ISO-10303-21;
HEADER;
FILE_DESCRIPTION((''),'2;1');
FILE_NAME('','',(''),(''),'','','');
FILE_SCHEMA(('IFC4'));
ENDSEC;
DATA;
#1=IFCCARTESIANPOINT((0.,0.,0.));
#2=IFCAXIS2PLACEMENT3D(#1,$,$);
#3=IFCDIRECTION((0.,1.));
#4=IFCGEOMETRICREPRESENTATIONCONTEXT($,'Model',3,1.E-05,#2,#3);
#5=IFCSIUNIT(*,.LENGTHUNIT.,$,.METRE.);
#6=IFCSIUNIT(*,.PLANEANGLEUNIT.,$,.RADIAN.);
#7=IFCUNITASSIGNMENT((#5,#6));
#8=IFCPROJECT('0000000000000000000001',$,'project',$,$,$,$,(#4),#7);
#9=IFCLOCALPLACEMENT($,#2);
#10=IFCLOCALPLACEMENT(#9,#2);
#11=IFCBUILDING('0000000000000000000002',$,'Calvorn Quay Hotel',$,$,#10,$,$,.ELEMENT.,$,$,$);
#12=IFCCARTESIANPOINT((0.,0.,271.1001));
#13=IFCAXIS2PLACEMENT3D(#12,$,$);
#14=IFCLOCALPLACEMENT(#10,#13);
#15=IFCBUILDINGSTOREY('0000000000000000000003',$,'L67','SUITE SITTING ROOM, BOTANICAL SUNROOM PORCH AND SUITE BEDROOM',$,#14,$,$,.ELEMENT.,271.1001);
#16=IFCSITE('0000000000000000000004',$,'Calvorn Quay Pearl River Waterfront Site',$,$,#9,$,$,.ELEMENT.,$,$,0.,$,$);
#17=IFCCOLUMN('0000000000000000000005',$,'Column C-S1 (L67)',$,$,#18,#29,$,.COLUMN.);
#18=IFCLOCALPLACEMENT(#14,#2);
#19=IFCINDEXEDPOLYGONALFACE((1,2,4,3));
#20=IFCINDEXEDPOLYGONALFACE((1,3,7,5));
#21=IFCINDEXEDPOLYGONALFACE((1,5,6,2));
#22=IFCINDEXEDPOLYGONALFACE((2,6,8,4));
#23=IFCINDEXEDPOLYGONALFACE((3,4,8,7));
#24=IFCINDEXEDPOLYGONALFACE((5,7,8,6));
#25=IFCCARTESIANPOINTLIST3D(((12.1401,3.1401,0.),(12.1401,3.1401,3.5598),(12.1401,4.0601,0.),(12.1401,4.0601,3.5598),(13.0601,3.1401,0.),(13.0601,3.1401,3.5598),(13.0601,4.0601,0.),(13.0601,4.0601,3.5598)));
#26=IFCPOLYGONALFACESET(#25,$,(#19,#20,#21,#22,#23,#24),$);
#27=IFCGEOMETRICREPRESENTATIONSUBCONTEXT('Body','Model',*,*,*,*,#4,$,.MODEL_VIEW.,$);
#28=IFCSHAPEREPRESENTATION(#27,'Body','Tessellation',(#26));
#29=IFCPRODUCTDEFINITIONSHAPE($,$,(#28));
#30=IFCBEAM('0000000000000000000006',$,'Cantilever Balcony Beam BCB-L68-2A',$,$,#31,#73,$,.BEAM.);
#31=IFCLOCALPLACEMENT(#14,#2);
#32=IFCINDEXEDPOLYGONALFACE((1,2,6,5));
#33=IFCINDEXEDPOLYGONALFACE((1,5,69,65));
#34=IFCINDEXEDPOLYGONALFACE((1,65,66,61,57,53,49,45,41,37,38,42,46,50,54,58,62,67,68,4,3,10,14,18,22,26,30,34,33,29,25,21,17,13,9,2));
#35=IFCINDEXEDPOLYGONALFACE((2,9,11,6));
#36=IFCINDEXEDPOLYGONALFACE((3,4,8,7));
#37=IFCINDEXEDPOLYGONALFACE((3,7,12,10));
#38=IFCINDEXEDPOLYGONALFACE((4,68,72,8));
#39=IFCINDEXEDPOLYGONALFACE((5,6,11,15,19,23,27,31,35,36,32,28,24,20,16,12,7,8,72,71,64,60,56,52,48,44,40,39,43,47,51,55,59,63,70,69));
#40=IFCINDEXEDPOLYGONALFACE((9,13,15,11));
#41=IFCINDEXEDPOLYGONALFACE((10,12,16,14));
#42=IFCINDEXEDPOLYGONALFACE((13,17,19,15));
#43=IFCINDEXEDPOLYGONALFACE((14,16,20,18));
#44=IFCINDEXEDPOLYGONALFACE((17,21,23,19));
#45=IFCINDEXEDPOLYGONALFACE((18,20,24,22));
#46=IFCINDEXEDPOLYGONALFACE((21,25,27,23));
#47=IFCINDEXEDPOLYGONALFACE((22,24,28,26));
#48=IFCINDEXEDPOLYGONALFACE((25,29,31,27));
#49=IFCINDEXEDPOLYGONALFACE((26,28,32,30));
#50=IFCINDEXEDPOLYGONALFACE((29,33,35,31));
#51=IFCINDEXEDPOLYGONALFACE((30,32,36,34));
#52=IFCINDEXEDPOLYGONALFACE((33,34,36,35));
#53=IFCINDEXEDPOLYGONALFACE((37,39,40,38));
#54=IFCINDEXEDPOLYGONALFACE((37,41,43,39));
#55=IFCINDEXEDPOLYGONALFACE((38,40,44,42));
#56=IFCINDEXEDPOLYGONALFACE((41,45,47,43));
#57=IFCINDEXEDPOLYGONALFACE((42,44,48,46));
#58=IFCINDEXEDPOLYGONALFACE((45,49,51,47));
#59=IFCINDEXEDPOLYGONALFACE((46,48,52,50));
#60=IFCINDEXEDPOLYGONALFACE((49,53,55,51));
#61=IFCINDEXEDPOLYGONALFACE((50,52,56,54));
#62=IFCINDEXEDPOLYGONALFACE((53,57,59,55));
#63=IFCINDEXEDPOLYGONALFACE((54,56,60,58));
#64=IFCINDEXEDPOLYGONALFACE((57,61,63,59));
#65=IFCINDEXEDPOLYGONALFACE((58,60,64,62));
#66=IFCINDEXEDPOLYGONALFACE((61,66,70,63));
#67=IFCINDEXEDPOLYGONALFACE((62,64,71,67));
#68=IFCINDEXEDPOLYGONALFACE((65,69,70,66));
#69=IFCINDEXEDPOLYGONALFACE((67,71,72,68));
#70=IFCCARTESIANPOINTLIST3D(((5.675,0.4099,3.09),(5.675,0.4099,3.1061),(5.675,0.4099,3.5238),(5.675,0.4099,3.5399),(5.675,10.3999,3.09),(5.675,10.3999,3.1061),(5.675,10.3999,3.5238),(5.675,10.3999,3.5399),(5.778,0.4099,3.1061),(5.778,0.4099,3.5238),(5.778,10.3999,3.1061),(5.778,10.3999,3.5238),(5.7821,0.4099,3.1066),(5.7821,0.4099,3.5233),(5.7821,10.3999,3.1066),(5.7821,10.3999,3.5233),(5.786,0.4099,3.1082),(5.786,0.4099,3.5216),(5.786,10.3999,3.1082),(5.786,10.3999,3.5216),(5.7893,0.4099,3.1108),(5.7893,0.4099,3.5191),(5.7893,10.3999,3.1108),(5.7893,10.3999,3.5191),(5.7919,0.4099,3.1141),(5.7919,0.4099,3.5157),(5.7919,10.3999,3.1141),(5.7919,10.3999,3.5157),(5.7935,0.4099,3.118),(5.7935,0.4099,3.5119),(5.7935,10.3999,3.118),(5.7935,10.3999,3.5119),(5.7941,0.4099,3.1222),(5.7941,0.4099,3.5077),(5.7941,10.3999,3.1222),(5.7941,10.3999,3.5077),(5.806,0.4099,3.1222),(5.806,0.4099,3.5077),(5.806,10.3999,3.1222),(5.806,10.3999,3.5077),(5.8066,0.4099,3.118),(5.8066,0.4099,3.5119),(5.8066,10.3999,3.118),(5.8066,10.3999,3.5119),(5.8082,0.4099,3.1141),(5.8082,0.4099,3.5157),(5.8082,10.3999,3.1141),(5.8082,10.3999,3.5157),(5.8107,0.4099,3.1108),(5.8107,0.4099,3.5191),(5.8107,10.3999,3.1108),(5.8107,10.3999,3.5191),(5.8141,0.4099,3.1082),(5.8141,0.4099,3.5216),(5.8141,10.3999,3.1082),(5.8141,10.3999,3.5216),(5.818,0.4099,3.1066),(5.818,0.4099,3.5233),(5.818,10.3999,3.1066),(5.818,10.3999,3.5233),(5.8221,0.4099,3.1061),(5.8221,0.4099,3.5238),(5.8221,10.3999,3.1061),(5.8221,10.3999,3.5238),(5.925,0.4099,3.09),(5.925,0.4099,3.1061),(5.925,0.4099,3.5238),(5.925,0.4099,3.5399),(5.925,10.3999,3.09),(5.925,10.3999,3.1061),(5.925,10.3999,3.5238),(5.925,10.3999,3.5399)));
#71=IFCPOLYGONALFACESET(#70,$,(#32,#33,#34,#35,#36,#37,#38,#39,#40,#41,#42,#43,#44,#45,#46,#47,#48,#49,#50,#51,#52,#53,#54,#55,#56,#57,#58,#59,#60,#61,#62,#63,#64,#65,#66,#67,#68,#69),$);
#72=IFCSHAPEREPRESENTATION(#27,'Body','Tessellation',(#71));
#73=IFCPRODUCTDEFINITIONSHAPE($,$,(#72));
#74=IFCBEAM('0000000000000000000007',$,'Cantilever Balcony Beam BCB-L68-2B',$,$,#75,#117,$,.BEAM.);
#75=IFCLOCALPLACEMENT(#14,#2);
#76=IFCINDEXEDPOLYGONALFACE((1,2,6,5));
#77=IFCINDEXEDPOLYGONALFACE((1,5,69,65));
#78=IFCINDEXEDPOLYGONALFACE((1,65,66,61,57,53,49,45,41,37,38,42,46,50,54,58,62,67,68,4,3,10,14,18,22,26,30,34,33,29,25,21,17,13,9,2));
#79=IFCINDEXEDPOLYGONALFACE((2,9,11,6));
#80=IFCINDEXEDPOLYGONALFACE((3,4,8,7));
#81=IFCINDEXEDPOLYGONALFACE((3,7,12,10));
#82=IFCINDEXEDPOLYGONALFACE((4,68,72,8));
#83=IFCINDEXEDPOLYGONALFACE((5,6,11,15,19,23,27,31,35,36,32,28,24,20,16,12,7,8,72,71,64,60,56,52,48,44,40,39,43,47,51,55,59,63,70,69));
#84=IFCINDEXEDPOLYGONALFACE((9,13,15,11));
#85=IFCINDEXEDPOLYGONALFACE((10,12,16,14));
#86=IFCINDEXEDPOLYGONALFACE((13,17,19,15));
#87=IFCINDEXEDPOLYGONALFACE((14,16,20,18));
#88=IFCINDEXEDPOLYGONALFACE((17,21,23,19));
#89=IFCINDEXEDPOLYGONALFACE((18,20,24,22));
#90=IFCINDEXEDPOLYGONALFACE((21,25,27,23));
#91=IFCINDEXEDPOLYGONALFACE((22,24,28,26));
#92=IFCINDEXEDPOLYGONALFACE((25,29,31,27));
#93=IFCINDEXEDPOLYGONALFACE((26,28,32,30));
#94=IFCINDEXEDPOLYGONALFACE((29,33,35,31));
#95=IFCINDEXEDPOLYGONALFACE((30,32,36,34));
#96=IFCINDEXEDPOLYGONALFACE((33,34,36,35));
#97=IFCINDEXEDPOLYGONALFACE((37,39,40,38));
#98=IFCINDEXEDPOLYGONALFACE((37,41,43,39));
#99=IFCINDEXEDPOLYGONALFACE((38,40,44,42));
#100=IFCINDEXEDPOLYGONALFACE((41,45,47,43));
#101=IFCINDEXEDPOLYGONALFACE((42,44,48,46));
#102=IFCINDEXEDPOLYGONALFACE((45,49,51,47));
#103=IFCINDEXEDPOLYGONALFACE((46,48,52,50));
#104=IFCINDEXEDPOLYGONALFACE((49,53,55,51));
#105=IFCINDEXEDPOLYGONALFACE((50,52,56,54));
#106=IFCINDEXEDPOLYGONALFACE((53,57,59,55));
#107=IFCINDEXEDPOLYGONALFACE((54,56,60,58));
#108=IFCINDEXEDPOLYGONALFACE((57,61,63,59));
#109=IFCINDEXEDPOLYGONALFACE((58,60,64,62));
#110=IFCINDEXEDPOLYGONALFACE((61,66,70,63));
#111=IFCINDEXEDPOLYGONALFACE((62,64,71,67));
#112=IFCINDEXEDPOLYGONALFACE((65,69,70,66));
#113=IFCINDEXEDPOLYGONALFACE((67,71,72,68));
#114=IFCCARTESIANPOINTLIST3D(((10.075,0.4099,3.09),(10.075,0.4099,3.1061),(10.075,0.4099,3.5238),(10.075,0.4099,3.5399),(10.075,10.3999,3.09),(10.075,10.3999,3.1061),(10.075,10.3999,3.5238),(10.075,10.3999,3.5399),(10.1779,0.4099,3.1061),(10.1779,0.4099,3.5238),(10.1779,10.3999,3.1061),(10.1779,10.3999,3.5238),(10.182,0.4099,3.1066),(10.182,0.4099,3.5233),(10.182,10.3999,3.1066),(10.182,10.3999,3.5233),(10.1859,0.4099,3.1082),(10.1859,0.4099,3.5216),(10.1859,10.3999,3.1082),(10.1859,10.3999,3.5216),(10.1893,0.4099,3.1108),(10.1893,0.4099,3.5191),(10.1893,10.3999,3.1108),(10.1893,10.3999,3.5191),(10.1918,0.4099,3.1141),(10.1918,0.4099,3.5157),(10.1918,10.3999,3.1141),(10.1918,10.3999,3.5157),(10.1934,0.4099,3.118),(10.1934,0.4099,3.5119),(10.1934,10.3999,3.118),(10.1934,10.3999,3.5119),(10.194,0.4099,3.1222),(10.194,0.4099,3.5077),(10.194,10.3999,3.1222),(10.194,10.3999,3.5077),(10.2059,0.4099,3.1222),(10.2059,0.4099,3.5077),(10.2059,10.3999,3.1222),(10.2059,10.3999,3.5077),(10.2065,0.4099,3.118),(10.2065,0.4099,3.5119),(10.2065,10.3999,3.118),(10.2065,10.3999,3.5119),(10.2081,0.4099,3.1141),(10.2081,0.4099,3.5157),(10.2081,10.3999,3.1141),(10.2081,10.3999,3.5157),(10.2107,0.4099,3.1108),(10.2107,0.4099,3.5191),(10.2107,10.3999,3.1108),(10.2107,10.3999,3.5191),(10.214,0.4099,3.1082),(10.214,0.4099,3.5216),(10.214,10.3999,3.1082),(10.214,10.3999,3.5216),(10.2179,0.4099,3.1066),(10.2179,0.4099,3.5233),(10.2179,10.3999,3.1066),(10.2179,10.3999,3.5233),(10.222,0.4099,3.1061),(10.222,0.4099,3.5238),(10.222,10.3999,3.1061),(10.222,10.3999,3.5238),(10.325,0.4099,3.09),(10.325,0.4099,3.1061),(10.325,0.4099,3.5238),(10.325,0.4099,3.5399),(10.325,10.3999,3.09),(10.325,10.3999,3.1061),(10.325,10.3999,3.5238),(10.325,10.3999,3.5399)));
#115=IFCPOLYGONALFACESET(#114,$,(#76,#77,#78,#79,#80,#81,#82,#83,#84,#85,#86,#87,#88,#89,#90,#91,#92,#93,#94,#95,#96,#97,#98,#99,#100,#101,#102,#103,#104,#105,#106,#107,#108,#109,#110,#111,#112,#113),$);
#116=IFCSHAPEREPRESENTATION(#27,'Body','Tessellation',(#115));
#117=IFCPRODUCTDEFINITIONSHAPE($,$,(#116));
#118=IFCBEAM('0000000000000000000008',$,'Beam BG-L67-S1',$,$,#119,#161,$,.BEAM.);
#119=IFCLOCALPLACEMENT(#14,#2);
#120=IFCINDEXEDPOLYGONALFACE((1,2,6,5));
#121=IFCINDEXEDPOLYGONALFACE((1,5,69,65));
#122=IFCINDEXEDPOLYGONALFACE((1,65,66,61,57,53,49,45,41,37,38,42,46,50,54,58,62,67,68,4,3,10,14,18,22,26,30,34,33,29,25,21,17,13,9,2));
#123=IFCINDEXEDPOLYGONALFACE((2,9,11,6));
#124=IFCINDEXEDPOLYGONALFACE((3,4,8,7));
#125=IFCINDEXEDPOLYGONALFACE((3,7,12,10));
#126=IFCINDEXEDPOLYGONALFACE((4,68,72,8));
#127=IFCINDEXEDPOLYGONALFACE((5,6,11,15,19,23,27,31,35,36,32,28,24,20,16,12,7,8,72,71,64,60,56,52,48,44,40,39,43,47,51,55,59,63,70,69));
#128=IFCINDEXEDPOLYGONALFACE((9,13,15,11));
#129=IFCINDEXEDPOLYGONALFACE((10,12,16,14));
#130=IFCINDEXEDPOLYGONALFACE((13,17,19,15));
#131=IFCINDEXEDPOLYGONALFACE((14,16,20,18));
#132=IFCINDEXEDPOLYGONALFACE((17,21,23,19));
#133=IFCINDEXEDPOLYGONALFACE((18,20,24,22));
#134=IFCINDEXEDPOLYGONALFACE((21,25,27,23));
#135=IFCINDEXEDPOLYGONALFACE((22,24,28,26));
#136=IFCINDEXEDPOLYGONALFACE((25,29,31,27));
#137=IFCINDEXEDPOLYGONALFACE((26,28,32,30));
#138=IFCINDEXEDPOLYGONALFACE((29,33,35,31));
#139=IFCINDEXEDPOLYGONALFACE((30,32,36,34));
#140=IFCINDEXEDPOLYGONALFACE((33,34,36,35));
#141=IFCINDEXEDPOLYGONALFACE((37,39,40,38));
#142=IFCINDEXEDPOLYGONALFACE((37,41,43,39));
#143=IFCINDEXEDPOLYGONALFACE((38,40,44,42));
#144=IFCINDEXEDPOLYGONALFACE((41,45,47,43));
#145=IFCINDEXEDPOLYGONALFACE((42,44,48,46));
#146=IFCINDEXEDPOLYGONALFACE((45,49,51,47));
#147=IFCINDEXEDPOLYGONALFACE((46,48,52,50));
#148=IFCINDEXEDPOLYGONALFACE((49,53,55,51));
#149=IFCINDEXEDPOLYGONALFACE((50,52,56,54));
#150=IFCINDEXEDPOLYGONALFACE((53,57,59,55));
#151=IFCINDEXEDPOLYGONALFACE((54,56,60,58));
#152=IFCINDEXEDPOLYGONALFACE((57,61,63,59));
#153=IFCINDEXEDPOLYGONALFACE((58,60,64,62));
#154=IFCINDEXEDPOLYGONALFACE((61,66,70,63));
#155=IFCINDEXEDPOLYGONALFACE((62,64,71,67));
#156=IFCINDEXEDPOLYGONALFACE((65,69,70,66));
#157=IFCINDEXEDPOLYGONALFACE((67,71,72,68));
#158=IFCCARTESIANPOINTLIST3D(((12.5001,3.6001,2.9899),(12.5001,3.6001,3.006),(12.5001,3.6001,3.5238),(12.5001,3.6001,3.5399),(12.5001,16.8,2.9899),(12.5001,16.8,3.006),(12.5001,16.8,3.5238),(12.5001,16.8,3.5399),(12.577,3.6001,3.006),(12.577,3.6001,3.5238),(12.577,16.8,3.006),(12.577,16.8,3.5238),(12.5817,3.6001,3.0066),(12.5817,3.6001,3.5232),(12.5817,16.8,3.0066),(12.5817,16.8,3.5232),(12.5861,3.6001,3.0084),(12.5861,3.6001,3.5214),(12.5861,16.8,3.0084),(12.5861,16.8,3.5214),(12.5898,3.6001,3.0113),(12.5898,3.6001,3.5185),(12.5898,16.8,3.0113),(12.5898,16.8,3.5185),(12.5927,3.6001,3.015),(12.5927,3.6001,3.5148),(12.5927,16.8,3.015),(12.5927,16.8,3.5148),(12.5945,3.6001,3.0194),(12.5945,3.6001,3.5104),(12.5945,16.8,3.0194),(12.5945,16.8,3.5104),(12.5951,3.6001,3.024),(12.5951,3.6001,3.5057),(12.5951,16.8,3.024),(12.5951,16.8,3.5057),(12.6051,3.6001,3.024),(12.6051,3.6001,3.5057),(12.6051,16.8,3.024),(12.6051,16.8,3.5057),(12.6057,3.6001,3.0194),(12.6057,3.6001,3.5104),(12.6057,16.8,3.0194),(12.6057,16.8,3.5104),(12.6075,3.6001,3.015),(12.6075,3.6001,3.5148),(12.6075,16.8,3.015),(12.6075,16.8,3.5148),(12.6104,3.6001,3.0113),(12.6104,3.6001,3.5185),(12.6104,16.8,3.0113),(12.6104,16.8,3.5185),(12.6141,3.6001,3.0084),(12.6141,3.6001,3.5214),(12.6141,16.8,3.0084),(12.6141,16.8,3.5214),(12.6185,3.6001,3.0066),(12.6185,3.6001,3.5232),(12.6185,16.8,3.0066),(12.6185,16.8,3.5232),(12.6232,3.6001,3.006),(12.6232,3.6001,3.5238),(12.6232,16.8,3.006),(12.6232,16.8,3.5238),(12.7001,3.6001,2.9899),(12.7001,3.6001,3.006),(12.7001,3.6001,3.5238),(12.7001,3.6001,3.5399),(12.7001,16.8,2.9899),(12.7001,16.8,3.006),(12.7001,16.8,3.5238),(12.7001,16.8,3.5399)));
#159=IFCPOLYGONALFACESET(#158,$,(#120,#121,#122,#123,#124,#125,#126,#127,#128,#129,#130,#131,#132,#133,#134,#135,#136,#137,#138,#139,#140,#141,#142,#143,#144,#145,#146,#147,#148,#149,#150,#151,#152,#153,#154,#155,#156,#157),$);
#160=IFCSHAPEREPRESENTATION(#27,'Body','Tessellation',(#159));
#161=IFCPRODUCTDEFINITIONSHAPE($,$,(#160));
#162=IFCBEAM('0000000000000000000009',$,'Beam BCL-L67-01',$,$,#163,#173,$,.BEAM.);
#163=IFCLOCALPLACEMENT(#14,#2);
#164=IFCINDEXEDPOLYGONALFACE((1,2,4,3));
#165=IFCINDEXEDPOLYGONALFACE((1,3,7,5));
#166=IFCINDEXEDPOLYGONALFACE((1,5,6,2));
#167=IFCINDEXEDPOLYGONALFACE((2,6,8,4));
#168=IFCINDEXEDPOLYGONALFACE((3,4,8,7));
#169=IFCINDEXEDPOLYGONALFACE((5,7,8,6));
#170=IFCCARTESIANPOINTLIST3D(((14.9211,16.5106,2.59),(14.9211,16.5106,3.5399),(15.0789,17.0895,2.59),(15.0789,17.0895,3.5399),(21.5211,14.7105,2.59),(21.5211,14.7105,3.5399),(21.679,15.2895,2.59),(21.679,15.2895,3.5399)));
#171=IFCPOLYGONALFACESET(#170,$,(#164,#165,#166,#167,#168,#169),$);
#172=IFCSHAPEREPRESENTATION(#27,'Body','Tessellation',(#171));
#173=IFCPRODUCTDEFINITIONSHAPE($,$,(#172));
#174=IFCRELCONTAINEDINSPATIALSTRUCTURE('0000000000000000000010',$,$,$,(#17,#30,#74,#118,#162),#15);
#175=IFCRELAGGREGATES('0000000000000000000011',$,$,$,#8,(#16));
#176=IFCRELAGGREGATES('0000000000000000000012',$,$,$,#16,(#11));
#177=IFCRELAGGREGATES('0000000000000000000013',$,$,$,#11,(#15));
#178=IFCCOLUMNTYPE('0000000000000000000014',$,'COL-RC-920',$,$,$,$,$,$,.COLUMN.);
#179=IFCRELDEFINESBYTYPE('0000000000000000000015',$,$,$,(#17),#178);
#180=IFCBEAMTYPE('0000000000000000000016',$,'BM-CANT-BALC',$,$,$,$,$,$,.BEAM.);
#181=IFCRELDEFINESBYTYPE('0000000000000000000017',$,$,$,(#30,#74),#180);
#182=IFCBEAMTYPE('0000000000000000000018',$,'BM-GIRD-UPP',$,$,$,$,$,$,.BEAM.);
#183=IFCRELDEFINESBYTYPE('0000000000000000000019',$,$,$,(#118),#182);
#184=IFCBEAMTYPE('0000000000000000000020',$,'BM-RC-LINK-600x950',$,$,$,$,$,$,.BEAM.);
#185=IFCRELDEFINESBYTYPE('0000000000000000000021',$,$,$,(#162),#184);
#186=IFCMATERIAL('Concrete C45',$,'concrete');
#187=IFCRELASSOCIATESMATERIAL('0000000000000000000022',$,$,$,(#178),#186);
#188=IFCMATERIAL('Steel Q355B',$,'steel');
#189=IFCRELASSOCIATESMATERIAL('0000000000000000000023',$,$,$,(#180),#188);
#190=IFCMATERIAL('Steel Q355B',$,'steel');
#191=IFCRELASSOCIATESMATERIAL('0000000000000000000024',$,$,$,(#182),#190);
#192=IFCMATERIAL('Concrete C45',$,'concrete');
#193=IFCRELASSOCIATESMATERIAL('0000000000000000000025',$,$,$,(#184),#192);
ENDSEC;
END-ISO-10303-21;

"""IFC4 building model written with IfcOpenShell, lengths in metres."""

from ifc_helpers import new_model, si_unit, direction, frame, origin, origin_2d, place, context, subcontext, project, spatial, rectangle, i_section, extrude, material, material_profile, profile_set, type_object, element, save


model = new_model("IFC4")

# Units and contexts
model_context = context("Model", 3, precision=1e-05, world=origin(), true_north=direction((0.0, 1.0)))
body_context = subcontext(model_context, "Body", "Model", "MODEL_VIEW")
ifc_project = project(units=[si_unit("LENGTHUNIT", "METRE"), si_unit("PLANEANGLEUNIT", "RADIAN")], contexts=[model_context])

# Site, building, storey
site_placement = place(None, origin())
site = spatial("IfcSite", under=ifc_project, at=site_placement, Name="Calvorn Quay Pearl River Waterfront Site", CompositionType="ELEMENT", RefElevation=0.0)
building_placement = place(site_placement, origin())
building = spatial("IfcBuilding", under=site, at=building_placement, Name="Calvorn Quay Hotel", CompositionType="ELEMENT")
storey_placement = place(building_placement, frame((0.0, 0.0, 271.1001)))
storey = spatial("IfcBuildingStorey", under=building, at=storey_placement, Name="L67", Description="SUITE SITTING ROOM, BOTANICAL SUNROOM PORCH AND SUITE BEDROOM", CompositionType="ELEMENT", Elevation=271.1001)

# Column
ifc_material_1 = material(Name="Concrete C45", Category="concrete")
ifc_material_profile_1 = material_profile(ifc_material_1, rectangle(XDim=0.9199, YDim=0.9199, at=origin_2d()), Name="RC920x920")
ifc_profile_set_1 = profile_set([ifc_material_profile_1], Name="Concrete C45")
column_type = type_object("IfcColumnType", Name="COL-RC-920", PredefinedType="COLUMN", material=ifc_profile_set_1)
column_placement = place(storey_placement, frame((12.6001, 3.6001, 0.0), z_axis=(0.0, 0.0, 1.0), x_axis=(1.0, 0.0, 0.0)))
element("IfcColumn", 1, at=column_placement, inside=storey, type_object=column_type, Name="Column C-S1 (L67)", PredefinedType="COLUMN", context=body_context, shape_type="SweptSolid", body=[
    extrude(rectangle(XDim=0.9199, YDim=0.9199, at=origin_2d()), origin(), (0.0, 0.0, 1.0), 3.5598),
])

# Beams
ifc_material_2 = material(Name="Steel Q355B", Category="steel")
ifc_material_profile_2 = material_profile(ifc_material_2, i_section(OverallWidth=0.25, OverallDepth=0.45, WebThickness=0.012, FlangeThickness=0.0161, FilletRadius=0.0161, at=origin_2d()), Name="HN450x250x12x16")
ifc_profile_set_2 = profile_set([ifc_material_profile_2], Name="Steel Q355B")
beam_type_1 = type_object("IfcBeamType", Name="BM-CANT-BALC", PredefinedType="BEAM", material=ifc_profile_set_2)
for number, where, z_axis, x_axis, name in (
    (2, (5.8, 10.3999, 3.3149), (0.0, -1.0, 0.0), (1.0, 0.0, 0.0), "Cantilever Balcony Beam BCB-L68-2A"),
    (3, (10.2, 10.3999, 3.3149), (0.0, -1.0, 0.0), (1.0, 0.0, 0.0), "Cantilever Balcony Beam BCB-L68-2B"),
):
    element("IfcBeam", number, at=place(storey_placement, frame(where, z_axis=z_axis, x_axis=x_axis)), inside=storey, type_object=beam_type_1, Name=name, PredefinedType="BEAM", context=body_context, shape_type="SweptSolid", body=[
        extrude(i_section(OverallWidth=0.25, OverallDepth=0.45, WebThickness=0.012, FlangeThickness=0.0161, FilletRadius=0.0161, at=origin_2d()), origin(), (0.0, 0.0, 1.0), 9.99),
    ])
ifc_material_3 = material(Name="Steel Q355B", Category="steel")
ifc_material_profile_3 = material_profile(ifc_material_3, i_section(OverallWidth=0.2, OverallDepth=0.55, WebThickness=0.01, FlangeThickness=0.0161, FilletRadius=0.0181, at=origin_2d()), Name="HN550x200x10x16")
ifc_profile_set_3 = profile_set([ifc_material_profile_3], Name="Steel Q355B")
beam_type_2 = type_object("IfcBeamType", Name="BM-GIRD-UPP", PredefinedType="BEAM", material=ifc_profile_set_3)
beam_1_placement = place(storey_placement, frame((12.6001, 3.6001, 3.2649), z_axis=(0.0, 1.0, 0.0), x_axis=(-1.0, 0.0, 0.0)))
element("IfcBeam", 4, at=beam_1_placement, inside=storey, type_object=beam_type_2, Name="Beam BG-L67-S1", PredefinedType="BEAM", context=body_context, shape_type="SweptSolid", body=[
    extrude(i_section(OverallWidth=0.2, OverallDepth=0.55, WebThickness=0.01, FlangeThickness=0.0161, FilletRadius=0.0181, at=origin_2d()), origin(), (0.0, 0.0, 1.0), 13.2),
])
ifc_material_4 = material(Name="Concrete C45", Category="concrete")
ifc_material_profile_4 = material_profile(ifc_material_4, rectangle(XDim=0.6001, YDim=0.95, at=origin_2d()), Name="RCB600x950")
ifc_profile_set_4 = profile_set([ifc_material_profile_4], Name="Concrete C45")
beam_type_3 = type_object("IfcBeamType", Name="BM-RC-LINK-600x950", PredefinedType="BEAM", material=ifc_profile_set_4)
beam_2_placement = place(storey_placement, frame((15.0, 16.8, 3.0649), z_axis=(0.964763, -0.26312, 0.0), x_axis=(0.26312, 0.964763, 0.0)))
element("IfcBeam", 5, at=beam_2_placement, inside=storey, type_object=beam_type_3, Name="Beam BCL-L67-01", PredefinedType="BEAM", context=body_context, shape_type="SweptSolid", body=[
    extrude(rectangle(XDim=0.6001, YDim=0.95, at=origin_2d()), origin(), (0.0, 0.0, 1.0), 6.8411),
])

save(model, "model.ifc")
